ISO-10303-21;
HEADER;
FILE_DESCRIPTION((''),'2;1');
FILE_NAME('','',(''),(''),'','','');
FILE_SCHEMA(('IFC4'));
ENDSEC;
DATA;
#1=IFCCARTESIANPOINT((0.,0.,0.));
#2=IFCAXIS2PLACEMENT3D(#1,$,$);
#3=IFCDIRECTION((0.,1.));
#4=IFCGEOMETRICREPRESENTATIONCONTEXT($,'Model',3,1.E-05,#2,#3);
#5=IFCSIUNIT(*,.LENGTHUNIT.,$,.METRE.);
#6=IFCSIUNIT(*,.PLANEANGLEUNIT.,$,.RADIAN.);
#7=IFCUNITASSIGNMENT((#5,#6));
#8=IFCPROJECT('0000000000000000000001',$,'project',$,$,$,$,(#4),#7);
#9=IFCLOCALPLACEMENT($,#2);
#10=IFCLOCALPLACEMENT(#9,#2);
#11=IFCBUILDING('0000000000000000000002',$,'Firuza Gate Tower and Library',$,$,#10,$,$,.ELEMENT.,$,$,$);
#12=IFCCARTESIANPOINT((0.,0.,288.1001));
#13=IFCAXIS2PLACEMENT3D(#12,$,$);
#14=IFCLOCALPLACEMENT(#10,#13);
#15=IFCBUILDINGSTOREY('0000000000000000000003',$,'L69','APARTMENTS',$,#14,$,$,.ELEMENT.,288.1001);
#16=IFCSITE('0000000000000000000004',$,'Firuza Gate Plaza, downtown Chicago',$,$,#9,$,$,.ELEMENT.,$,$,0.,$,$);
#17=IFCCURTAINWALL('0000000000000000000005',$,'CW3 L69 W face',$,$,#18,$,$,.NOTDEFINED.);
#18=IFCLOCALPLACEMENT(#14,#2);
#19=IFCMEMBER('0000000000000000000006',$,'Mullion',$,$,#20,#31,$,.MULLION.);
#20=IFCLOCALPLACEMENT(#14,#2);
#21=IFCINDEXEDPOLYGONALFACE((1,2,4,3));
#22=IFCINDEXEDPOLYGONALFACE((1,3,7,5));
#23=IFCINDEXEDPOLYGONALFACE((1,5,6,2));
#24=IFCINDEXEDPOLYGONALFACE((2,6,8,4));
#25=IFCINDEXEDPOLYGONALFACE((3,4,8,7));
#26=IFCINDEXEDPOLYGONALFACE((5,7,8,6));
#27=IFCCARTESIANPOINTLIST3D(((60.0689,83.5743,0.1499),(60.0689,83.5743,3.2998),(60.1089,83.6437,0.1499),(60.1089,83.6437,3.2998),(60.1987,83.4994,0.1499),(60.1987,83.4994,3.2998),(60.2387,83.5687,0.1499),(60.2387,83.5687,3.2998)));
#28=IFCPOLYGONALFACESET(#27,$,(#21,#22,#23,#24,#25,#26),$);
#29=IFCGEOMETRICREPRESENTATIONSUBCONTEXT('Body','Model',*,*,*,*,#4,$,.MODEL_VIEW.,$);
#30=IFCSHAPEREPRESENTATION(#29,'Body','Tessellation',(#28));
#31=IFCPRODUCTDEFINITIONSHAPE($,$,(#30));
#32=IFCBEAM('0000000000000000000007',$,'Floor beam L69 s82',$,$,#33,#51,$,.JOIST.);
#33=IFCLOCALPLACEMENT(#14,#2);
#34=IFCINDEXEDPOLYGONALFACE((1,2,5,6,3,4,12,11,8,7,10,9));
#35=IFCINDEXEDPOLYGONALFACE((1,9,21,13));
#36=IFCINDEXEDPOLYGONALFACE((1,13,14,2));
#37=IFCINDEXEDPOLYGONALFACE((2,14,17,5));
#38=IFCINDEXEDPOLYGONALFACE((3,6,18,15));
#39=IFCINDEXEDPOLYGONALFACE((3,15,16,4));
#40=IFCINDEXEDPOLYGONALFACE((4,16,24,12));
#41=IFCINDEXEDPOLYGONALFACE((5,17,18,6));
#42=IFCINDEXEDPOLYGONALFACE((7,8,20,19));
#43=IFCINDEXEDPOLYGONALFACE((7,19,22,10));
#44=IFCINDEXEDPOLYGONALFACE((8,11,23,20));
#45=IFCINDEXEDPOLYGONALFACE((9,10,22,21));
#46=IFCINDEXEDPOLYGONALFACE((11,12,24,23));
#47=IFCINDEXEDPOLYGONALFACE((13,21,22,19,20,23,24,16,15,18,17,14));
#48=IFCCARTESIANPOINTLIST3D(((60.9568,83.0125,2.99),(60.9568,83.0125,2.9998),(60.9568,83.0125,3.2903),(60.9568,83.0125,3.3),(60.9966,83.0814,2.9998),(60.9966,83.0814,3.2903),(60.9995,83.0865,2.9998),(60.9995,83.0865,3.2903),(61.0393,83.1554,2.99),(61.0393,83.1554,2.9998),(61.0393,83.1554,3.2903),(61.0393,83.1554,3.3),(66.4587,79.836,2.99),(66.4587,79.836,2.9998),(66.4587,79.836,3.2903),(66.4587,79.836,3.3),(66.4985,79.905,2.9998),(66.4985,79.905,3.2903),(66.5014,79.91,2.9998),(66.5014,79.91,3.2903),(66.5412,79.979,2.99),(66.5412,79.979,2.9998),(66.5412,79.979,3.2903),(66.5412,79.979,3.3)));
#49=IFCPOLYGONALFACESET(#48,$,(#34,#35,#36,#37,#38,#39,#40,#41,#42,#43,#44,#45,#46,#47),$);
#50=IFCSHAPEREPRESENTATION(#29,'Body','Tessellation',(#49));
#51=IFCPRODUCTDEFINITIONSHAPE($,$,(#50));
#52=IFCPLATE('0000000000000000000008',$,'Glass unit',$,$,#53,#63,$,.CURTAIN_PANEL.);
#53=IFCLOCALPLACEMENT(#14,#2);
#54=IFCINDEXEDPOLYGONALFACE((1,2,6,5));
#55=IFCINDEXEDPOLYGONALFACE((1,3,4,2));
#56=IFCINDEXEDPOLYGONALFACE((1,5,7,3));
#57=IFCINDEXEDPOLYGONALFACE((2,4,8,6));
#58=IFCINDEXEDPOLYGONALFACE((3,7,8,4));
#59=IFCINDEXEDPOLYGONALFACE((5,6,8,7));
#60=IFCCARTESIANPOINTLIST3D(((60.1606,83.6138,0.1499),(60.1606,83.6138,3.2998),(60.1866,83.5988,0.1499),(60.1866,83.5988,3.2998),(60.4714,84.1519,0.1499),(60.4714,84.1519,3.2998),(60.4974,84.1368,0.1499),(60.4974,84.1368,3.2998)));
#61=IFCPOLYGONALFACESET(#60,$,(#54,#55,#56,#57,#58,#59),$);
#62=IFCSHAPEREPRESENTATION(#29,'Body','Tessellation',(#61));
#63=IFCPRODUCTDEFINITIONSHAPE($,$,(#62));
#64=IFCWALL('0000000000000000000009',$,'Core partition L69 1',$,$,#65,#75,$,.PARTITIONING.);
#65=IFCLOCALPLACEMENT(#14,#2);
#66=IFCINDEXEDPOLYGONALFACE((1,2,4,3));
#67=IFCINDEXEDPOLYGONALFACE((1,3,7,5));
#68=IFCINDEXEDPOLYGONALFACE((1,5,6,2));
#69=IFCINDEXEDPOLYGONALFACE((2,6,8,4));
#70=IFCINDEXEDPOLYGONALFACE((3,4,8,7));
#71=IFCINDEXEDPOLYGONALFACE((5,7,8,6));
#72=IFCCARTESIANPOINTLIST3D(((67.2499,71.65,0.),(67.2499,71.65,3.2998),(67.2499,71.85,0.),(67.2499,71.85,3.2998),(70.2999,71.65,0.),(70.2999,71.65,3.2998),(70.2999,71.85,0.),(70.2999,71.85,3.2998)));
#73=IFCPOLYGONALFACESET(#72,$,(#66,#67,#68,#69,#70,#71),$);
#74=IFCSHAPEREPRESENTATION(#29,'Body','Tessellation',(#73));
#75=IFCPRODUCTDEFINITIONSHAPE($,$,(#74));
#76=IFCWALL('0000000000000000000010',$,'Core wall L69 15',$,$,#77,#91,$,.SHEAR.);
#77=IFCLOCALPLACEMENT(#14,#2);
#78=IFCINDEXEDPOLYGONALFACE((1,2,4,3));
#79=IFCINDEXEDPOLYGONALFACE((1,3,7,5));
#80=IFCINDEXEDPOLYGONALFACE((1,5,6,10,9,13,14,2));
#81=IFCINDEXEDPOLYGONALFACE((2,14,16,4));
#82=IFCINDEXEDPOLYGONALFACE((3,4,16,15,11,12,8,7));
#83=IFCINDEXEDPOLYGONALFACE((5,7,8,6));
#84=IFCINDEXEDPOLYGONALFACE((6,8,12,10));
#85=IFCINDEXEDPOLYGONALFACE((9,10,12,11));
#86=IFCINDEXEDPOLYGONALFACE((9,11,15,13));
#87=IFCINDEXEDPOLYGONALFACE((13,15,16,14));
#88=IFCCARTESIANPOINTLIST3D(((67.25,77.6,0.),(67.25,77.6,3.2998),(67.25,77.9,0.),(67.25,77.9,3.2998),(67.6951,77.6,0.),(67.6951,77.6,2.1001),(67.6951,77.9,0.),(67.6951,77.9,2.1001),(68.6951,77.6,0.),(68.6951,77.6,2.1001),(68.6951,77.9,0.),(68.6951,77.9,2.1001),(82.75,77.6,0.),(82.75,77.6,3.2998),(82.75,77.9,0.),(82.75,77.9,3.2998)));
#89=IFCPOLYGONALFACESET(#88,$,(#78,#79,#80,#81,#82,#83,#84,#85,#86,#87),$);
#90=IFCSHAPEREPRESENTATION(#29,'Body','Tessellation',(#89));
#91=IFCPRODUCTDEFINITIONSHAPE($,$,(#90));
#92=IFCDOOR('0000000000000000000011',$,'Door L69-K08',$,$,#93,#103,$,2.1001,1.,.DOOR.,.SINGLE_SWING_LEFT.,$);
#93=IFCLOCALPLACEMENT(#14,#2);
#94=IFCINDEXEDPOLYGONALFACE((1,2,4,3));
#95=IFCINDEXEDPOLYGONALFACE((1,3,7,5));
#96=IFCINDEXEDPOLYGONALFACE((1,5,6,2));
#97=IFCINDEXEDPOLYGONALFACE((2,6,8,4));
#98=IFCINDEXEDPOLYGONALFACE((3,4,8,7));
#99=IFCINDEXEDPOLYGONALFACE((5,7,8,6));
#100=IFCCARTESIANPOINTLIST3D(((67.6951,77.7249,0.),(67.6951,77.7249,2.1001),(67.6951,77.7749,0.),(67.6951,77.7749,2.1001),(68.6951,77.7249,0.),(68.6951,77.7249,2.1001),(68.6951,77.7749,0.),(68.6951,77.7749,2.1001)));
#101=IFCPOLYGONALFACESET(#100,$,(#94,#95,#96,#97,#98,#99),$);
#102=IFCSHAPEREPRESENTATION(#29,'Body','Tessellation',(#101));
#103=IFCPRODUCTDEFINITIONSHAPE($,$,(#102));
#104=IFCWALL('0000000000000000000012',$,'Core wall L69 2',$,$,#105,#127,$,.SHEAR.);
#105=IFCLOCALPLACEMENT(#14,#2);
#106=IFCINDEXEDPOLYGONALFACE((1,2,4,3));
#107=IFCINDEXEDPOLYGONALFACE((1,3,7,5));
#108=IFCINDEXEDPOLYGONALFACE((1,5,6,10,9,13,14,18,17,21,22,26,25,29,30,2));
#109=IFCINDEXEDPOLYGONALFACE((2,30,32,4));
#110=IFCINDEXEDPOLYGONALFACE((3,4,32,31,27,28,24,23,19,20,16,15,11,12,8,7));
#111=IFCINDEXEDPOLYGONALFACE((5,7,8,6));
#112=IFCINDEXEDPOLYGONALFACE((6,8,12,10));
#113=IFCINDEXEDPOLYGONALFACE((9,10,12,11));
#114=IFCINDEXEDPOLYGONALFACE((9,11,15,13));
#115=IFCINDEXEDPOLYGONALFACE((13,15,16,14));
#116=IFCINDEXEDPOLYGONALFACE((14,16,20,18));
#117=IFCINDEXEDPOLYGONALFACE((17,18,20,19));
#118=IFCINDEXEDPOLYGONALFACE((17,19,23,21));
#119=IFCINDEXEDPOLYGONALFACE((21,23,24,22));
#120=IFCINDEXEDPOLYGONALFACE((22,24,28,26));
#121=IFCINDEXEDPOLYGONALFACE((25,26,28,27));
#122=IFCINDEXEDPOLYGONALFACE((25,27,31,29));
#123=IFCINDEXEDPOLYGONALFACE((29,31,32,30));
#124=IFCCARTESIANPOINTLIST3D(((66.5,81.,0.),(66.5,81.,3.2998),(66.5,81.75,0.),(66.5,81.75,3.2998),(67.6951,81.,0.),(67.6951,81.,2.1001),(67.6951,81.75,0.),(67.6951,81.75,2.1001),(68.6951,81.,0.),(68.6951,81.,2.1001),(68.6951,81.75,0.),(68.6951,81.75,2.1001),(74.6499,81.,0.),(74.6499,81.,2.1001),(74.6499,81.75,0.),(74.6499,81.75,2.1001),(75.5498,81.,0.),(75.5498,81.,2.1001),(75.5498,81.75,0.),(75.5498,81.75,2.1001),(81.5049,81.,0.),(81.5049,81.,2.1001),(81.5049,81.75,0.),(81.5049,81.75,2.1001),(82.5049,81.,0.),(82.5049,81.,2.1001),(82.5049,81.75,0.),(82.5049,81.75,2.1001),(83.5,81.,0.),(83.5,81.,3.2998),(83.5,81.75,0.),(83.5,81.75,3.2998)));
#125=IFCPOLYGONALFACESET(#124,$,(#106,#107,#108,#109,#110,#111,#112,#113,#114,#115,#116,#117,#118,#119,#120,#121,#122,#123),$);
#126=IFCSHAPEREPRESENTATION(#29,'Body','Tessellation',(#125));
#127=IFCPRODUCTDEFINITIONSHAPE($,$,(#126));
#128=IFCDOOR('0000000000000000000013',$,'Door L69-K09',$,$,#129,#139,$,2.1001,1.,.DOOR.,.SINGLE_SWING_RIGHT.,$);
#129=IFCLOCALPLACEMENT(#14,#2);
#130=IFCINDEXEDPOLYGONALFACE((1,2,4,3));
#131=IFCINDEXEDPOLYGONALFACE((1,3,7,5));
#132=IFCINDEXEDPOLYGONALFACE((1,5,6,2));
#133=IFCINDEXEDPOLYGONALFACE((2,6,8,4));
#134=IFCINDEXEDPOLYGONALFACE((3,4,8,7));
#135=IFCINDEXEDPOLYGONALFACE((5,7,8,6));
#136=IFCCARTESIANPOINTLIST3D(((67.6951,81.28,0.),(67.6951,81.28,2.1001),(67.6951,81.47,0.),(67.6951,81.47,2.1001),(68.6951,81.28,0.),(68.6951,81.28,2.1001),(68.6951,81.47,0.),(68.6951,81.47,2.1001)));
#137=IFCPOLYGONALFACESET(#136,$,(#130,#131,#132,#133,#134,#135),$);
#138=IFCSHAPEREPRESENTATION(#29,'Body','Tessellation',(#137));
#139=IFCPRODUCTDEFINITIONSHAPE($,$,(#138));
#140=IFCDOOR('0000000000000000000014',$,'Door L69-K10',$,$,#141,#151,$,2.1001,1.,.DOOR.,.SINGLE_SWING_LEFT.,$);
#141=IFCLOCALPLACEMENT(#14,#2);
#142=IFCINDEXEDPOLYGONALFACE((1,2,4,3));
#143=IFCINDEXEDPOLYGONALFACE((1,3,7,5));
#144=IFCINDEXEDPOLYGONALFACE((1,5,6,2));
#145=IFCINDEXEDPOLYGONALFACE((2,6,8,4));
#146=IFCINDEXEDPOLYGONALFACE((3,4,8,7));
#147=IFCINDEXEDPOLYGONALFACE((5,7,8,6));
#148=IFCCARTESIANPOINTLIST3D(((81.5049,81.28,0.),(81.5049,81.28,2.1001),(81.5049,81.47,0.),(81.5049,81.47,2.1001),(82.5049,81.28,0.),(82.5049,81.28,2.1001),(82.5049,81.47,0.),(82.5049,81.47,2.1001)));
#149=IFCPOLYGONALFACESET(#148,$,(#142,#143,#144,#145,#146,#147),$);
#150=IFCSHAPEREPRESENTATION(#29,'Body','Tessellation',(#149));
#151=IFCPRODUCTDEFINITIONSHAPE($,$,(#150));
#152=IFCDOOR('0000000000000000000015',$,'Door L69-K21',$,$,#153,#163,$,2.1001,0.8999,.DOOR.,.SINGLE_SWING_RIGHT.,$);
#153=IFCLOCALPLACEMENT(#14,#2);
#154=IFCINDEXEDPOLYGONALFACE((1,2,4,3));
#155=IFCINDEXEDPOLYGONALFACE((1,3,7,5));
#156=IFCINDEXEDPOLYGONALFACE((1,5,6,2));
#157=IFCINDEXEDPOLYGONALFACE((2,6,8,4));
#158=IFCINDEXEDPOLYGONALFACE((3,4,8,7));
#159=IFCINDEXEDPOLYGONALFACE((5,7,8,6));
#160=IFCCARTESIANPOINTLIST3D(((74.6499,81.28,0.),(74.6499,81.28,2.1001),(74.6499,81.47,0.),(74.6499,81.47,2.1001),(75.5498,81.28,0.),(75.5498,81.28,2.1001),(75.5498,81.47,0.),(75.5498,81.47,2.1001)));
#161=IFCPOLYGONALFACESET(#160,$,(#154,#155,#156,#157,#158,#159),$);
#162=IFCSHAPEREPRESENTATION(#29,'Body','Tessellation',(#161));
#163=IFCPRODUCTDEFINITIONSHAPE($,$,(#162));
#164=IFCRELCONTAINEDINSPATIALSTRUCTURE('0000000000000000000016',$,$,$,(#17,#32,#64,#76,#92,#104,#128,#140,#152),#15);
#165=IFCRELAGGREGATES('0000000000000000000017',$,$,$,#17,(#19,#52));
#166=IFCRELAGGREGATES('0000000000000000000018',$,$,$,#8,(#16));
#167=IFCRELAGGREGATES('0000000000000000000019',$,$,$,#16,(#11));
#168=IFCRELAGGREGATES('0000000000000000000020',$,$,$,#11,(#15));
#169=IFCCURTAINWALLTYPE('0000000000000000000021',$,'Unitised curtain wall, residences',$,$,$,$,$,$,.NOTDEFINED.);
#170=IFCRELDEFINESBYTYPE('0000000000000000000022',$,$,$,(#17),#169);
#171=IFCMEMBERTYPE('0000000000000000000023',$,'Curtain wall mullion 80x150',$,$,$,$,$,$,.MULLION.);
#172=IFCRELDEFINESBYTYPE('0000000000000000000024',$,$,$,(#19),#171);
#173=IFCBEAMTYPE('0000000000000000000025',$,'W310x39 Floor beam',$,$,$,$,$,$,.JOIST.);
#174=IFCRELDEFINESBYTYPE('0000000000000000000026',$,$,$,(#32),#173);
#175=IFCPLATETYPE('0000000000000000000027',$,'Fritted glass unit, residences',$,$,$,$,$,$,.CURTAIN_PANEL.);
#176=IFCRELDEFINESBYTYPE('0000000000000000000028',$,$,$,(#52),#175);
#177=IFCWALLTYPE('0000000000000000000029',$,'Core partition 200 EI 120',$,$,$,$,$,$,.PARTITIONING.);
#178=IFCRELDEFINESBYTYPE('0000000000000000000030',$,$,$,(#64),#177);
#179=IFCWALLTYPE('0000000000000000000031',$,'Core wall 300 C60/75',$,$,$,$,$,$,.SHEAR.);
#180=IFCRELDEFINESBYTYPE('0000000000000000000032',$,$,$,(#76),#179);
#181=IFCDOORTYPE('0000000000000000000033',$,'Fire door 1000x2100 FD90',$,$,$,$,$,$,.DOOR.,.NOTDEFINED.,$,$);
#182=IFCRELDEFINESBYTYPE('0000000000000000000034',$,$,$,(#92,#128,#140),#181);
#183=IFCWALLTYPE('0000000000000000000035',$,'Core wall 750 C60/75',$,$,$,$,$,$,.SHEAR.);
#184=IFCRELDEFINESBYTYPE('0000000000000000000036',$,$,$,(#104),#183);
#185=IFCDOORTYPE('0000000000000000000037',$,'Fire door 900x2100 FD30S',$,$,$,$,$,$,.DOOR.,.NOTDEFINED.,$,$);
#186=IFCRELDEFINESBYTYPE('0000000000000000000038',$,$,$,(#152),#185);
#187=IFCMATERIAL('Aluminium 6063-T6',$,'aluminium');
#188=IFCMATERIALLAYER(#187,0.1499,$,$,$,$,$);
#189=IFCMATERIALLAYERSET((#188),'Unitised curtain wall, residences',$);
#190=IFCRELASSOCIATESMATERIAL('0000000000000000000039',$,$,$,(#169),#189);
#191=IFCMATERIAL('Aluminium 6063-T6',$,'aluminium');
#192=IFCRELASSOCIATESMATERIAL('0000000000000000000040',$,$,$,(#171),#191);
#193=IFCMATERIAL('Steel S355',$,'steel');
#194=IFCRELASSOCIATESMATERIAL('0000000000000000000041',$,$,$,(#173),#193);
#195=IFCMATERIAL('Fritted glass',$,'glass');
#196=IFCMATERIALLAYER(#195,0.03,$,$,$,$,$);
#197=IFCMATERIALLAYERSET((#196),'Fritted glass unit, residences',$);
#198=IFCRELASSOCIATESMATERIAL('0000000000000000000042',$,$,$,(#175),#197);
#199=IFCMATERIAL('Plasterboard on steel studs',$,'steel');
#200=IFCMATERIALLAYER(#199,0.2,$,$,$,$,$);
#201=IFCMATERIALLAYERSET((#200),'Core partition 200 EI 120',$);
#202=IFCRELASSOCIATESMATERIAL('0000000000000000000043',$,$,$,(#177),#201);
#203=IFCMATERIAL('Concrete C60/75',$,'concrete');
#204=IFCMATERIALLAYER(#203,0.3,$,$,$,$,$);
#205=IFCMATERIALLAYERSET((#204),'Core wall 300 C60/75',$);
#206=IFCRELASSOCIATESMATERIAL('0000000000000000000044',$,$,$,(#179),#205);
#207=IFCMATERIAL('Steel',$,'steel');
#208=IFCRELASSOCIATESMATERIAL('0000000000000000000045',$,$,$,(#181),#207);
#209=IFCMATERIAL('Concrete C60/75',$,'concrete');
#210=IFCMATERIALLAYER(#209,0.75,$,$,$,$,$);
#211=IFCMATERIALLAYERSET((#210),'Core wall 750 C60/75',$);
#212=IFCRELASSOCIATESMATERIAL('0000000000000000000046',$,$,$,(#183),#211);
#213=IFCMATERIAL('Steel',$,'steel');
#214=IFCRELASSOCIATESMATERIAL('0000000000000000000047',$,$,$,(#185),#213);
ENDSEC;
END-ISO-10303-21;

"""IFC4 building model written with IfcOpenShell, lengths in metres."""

from ifc_helpers import new_model, si_unit, direction, frame, frame_2d, origin, origin_2d, place, context, subcontext, project, spatial, polyline, rectangle, i_section, outline, extrude, material, layer, layer_set, material_profile, profile_set, type_object, element, fill, aggregate, save


model = new_model("IFC4")

# Units and contexts
model_context = context("Model", 3, precision=1e-05, world=origin(), true_north=direction((0.0, 1.0)))
body_context = subcontext(model_context, "Body", "Model", "MODEL_VIEW")
ifc_project = project(units=[si_unit("LENGTHUNIT", "METRE"), si_unit("PLANEANGLEUNIT", "RADIAN")], contexts=[model_context])

# Site, building, storey
site_placement = place(None, origin())
site = spatial("IfcSite", under=ifc_project, at=site_placement, Name="Firuza Gate Plaza, downtown Chicago", CompositionType="ELEMENT", RefElevation=0.0)
building_placement = place(site_placement, origin())
building = spatial("IfcBuilding", under=site, at=building_placement, Name="Firuza Gate Tower and Library", CompositionType="ELEMENT")
storey_placement = place(building_placement, frame((0.0, 0.0, 288.1001)))
storey = spatial("IfcBuildingStorey", under=building, at=storey_placement, Name="L69", Description="APARTMENTS", CompositionType="ELEMENT", Elevation=288.1001)

# Curtain wall, member
ifc_material_1 = material(Name="Aluminium 6063-T6", Category="aluminium")
ifc_layer_1 = layer(ifc_material_1, 0.1499)
ifc_layer_set_1 = layer_set([ifc_layer_1], Name="Unitised curtain wall, residences")
curtain_wall_type = type_object("IfcCurtainWallType", Name="Unitised curtain wall, residences", PredefinedType="NOTDEFINED", material=ifc_layer_set_1)
curtain_wall_placement = place(storey_placement, origin())
curtain_wall = element("IfcCurtainWall", 1, at=curtain_wall_placement, inside=storey, type_object=curtain_wall_type, Name="CW3 L69 W face", PredefinedType="NOTDEFINED")
ifc_material_2 = material(Name="Aluminium 6063-T6", Category="aluminium")
ifc_material_profile_1 = material_profile(ifc_material_2, rectangle(XDim=0.1499, YDim=0.0801, at=origin_2d()))
ifc_profile_set_1 = profile_set([ifc_material_profile_1], Name="Aluminium 6063-T6")
member_type = type_object("IfcMemberType", Name="Curtain wall mullion 80x150", PredefinedType="MULLION", material=ifc_profile_set_1)
member_placement = place(storey_placement, frame((60.1538, 83.5715, 0.1499), z_axis=(0.0, 0.0, 1.0), x_axis=(0.866025, -0.5, 0.0)))
member = element("IfcMember", 2, at=member_placement, type_object=member_type, Name="Mullion", PredefinedType="MULLION", context=body_context, shape_type="SweptSolid", body=[
    extrude(rectangle(XDim=0.1499, YDim=0.0801, at=origin_2d()), origin(), (0.0, 0.0, 1.0), 3.1499),
])

# Beam
ifc_material_3 = material(Name="Steel S355", Category="steel")
ifc_material_profile_2 = material_profile(ifc_material_3, i_section(OverallWidth=0.165, OverallDepth=0.3101, WebThickness=0.0059, FlangeThickness=0.0098, at=origin_2d()))
ifc_profile_set_2 = profile_set([ifc_material_profile_2], Name="Steel S355")
beam_type = type_object("IfcBeamType", Name="W310x39 Floor beam", PredefinedType="JOIST", material=ifc_profile_set_2)
beam_placement = place(storey_placement, frame((60.998, 83.084, 3.145), z_axis=(0.866028, -0.499995, 0.0), x_axis=(0.499995, 0.866028, 0.0)))
element("IfcBeam", 3, at=beam_placement, inside=storey, type_object=beam_type, Name="Floor beam L69 s82", PredefinedType="JOIST", context=body_context, shape_type="SweptSolid", body=[
    extrude(i_section(OverallWidth=0.165, OverallDepth=0.3101, WebThickness=0.0059, FlangeThickness=0.0098, at=origin_2d()), origin(), (0.0, 0.0, 1.0), 6.353),
])

# Plate
ifc_material_4 = material(Name="Fritted glass", Category="glass")
ifc_layer_2 = layer(ifc_material_4, 0.03)
ifc_layer_set_2 = layer_set([ifc_layer_2], Name="Fritted glass unit, residences")
plate_type = type_object("IfcPlateType", Name="Fritted glass unit, residences", PredefinedType="CURTAIN_PANEL", material=ifc_layer_set_2)
plate_placement = place(storey_placement, frame((60.4714, 84.1519, 0.1499), z_axis=(-0.865937, 0.500153, 0.0), x_axis=(-0.500153, -0.865937, 0.0)))
plate = element("IfcPlate", 4, at=plate_placement, type_object=plate_type, Name="Glass unit", PredefinedType="CURTAIN_PANEL", context=body_context, shape_type="SweptSolid", body=[
    extrude(outline(polyline([(0.0, 0.0), (0.6214, 0.0), (0.6214, 3.1499), (0.0, 3.1499), (0.0, 0.0)])), origin(), (0.0, 0.0, -1.0), 0.03),
])
aggregate(curtain_wall, [member, plate])

# Wall
ifc_material_5 = material(Name="Plasterboard on steel studs", Category="steel")
ifc_layer_3 = layer(ifc_material_5, 0.2)
ifc_layer_set_3 = layer_set([ifc_layer_3], Name="Core partition 200 EI 120")
wall_type_1 = type_object("IfcWallType", Name="Core partition 200 EI 120", PredefinedType="PARTITIONING", material=ifc_layer_set_3)
wall_1_placement = place(storey_placement, frame((67.25, 71.75, 0.0), z_axis=(0.0, 0.0, 1.0), x_axis=(1.0, 0.0, 0.0)))
element("IfcWall", 5, at=wall_1_placement, inside=storey, type_object=wall_type_1, Name="Core partition L69 1", PredefinedType="PARTITIONING", context=body_context, shape_type="SweptSolid", body=[
    extrude(rectangle(XDim=3.05, YDim=0.2, at=frame_2d((1.5249, 0.0))), origin(), (0.0, 0.0, 1.0), 3.2998),
])

# Wall, opening, door
ifc_material_6 = material(Name="Concrete C60/75", Category="concrete")
ifc_layer_4 = layer(ifc_material_6, 0.3)
ifc_layer_set_4 = layer_set([ifc_layer_4], Name="Core wall 300 C60/75")
wall_type_2 = type_object("IfcWallType", Name="Core wall 300 C60/75", PredefinedType="SHEAR", material=ifc_layer_set_4)
wall_2_placement = place(storey_placement, frame((67.25, 77.75, 0.0), z_axis=(0.0, 0.0, 1.0), x_axis=(1.0, 0.0, 0.0)))
wall_2 = element("IfcWall", 6, at=wall_2_placement, inside=storey, type_object=wall_type_2, Name="Core wall L69 15", PredefinedType="SHEAR", context=body_context, shape_type="SweptSolid", body=[
    extrude(rectangle(XDim=15.5, YDim=0.3, at=frame_2d((7.75, 0.0))), origin(), (0.0, 0.0, 1.0), 3.2998),
])
opening_1_placement = place(wall_2_placement, frame((0.4451, 0.0, 0.0)))
opening_1 = element("IfcOpeningElement", 7, at=opening_1_placement, cuts=wall_2, PredefinedType="OPENING", context=body_context, shape_type="SweptSolid", body=[
    extrude(rectangle(XDim=1.0, YDim=2.1001, at=frame_2d((0.5, 1.05))), frame((0.0, 0.1602, 0.0), z_axis=(0.0, -1.0, 0.0), x_axis=(1.0, 0.0, 0.0)), (0.0, 0.0, 1.0), 0.3201),
])
ifc_material_7 = material(Name="Steel", Category="steel")
door_type_1 = type_object("IfcDoorType", Name="Fire door 1000x2100 FD90", OperationType="NOTDEFINED", PredefinedType="DOOR", material=ifc_material_7)
door_1_placement = place(opening_1_placement, origin())
door_1 = element("IfcDoor", 8, at=door_1_placement, inside=storey, type_object=door_type_1, Name="Door L69-K08", OperationType="SINGLE_SWING_LEFT", OverallHeight=2.1001, OverallWidth=1.0, PredefinedType="DOOR", context=body_context, shape_type="SweptSolid", body=[
    extrude(rectangle(XDim=1.0, YDim=2.1001, at=frame_2d((0.5, 1.05))), frame((0.0, 0.0249, 0.0), z_axis=(0.0, -1.0, 0.0), x_axis=(1.0, 0.0, 0.0)), (0.0, 0.0, 1.0), 0.05),
])
fill(opening_1, door_1)

# Wall, openings, doors
ifc_material_8 = material(Name="Concrete C60/75", Category="concrete")
ifc_layer_5 = layer(ifc_material_8, 0.75)
ifc_layer_set_5 = layer_set([ifc_layer_5], Name="Core wall 750 C60/75")
wall_type_3 = type_object("IfcWallType", Name="Core wall 750 C60/75", PredefinedType="SHEAR", material=ifc_layer_set_5)
wall_3_placement = place(storey_placement, frame((66.5, 81.375, 0.0), z_axis=(0.0, 0.0, 1.0), x_axis=(1.0, 0.0, 0.0)))
wall_3 = element("IfcWall", 9, at=wall_3_placement, inside=storey, type_object=wall_type_3, Name="Core wall L69 2", PredefinedType="SHEAR", context=body_context, shape_type="SweptSolid", body=[
    extrude(rectangle(XDim=17.0, YDim=0.75, at=frame_2d((8.5, 0.0))), origin(), (0.0, 0.0, 1.0), 3.2998),
])
opening_2_placement = place(wall_3_placement, frame((1.1951, 0.0, 0.0)))
opening_2 = element("IfcOpeningElement", 10, at=opening_2_placement, cuts=wall_3, PredefinedType="OPENING", context=body_context, shape_type="SweptSolid", body=[
    extrude(rectangle(XDim=1.0, YDim=2.1001, at=frame_2d((0.5, 1.05))), frame((0.0, 0.385, 0.0), z_axis=(0.0, -1.0, 0.0), x_axis=(1.0, 0.0, 0.0)), (0.0, 0.0, 1.0), 0.77),
])
opening_3_placement = place(wall_3_placement, frame((15.0049, 0.0, 0.0)))
opening_3 = element("IfcOpeningElement", 11, at=opening_3_placement, cuts=wall_3, PredefinedType="OPENING", context=body_context, shape_type="SweptSolid", body=[
    extrude(rectangle(XDim=1.0, YDim=2.1001, at=frame_2d((0.5, 1.05))), frame((0.0, 0.385, 0.0), z_axis=(0.0, -1.0, 0.0), x_axis=(1.0, 0.0, 0.0)), (0.0, 0.0, 1.0), 0.77),
])
opening_4_placement = place(wall_3_placement, frame((8.1499, 0.0, 0.0)))
opening_4 = element("IfcOpeningElement", 12, at=opening_4_placement, cuts=wall_3, PredefinedType="OPENING", context=body_context, shape_type="SweptSolid", body=[
    extrude(rectangle(XDim=0.8999, YDim=2.1001, at=frame_2d((0.45, 1.05))), frame((0.0, 0.385, 0.0), z_axis=(0.0, -1.0, 0.0), x_axis=(1.0, 0.0, 0.0)), (0.0, 0.0, 1.0), 0.77),
])
door_2_placement = place(opening_2_placement, origin())
door_2 = element("IfcDoor", 13, at=door_2_placement, inside=storey, type_object=door_type_1, Name="Door L69-K09", OperationType="SINGLE_SWING_RIGHT", OverallHeight=2.1001, OverallWidth=1.0, PredefinedType="DOOR", context=body_context, shape_type="SweptSolid", body=[
    extrude(rectangle(XDim=1.0, YDim=2.1001, at=frame_2d((0.5, 1.05))), frame((0.0, 0.095, 0.0), z_axis=(0.0, -1.0, 0.0), x_axis=(1.0, 0.0, 0.0)), (0.0, 0.0, 1.0), 0.1899),
])
fill(opening_2, door_2)
door_3_placement = place(opening_3_placement, origin())
door_3 = element("IfcDoor", 14, at=door_3_placement, inside=storey, type_object=door_type_1, Name="Door L69-K10", OperationType="SINGLE_SWING_LEFT", OverallHeight=2.1001, OverallWidth=1.0, PredefinedType="DOOR", context=body_context, shape_type="SweptSolid", body=[
    extrude(rectangle(XDim=1.0, YDim=2.1001, at=frame_2d((0.5, 1.05))), frame((0.0, 0.095, 0.0), z_axis=(0.0, -1.0, 0.0), x_axis=(1.0, 0.0, 0.0)), (0.0, 0.0, 1.0), 0.1899),
])
fill(opening_3, door_3)
ifc_material_9 = material(Name="Steel", Category="steel")
door_type_2 = type_object("IfcDoorType", Name="Fire door 900x2100 FD30S", OperationType="NOTDEFINED", PredefinedType="DOOR", material=ifc_material_9)
door_4_placement = place(opening_4_placement, origin())
door_4 = element("IfcDoor", 15, at=door_4_placement, inside=storey, type_object=door_type_2, Name="Door L69-K21", OperationType="SINGLE_SWING_RIGHT", OverallHeight=2.1001, OverallWidth=0.8999, PredefinedType="DOOR", context=body_context, shape_type="SweptSolid", body=[
    extrude(rectangle(XDim=0.8999, YDim=2.1001, at=frame_2d((0.45, 1.05))), frame((0.0, 0.095, 0.0), z_axis=(0.0, -1.0, 0.0), x_axis=(1.0, 0.0, 0.0)), (0.0, 0.0, 1.0), 0.1899),
])
fill(opening_4, door_4)

save(model, "model.ifc")
